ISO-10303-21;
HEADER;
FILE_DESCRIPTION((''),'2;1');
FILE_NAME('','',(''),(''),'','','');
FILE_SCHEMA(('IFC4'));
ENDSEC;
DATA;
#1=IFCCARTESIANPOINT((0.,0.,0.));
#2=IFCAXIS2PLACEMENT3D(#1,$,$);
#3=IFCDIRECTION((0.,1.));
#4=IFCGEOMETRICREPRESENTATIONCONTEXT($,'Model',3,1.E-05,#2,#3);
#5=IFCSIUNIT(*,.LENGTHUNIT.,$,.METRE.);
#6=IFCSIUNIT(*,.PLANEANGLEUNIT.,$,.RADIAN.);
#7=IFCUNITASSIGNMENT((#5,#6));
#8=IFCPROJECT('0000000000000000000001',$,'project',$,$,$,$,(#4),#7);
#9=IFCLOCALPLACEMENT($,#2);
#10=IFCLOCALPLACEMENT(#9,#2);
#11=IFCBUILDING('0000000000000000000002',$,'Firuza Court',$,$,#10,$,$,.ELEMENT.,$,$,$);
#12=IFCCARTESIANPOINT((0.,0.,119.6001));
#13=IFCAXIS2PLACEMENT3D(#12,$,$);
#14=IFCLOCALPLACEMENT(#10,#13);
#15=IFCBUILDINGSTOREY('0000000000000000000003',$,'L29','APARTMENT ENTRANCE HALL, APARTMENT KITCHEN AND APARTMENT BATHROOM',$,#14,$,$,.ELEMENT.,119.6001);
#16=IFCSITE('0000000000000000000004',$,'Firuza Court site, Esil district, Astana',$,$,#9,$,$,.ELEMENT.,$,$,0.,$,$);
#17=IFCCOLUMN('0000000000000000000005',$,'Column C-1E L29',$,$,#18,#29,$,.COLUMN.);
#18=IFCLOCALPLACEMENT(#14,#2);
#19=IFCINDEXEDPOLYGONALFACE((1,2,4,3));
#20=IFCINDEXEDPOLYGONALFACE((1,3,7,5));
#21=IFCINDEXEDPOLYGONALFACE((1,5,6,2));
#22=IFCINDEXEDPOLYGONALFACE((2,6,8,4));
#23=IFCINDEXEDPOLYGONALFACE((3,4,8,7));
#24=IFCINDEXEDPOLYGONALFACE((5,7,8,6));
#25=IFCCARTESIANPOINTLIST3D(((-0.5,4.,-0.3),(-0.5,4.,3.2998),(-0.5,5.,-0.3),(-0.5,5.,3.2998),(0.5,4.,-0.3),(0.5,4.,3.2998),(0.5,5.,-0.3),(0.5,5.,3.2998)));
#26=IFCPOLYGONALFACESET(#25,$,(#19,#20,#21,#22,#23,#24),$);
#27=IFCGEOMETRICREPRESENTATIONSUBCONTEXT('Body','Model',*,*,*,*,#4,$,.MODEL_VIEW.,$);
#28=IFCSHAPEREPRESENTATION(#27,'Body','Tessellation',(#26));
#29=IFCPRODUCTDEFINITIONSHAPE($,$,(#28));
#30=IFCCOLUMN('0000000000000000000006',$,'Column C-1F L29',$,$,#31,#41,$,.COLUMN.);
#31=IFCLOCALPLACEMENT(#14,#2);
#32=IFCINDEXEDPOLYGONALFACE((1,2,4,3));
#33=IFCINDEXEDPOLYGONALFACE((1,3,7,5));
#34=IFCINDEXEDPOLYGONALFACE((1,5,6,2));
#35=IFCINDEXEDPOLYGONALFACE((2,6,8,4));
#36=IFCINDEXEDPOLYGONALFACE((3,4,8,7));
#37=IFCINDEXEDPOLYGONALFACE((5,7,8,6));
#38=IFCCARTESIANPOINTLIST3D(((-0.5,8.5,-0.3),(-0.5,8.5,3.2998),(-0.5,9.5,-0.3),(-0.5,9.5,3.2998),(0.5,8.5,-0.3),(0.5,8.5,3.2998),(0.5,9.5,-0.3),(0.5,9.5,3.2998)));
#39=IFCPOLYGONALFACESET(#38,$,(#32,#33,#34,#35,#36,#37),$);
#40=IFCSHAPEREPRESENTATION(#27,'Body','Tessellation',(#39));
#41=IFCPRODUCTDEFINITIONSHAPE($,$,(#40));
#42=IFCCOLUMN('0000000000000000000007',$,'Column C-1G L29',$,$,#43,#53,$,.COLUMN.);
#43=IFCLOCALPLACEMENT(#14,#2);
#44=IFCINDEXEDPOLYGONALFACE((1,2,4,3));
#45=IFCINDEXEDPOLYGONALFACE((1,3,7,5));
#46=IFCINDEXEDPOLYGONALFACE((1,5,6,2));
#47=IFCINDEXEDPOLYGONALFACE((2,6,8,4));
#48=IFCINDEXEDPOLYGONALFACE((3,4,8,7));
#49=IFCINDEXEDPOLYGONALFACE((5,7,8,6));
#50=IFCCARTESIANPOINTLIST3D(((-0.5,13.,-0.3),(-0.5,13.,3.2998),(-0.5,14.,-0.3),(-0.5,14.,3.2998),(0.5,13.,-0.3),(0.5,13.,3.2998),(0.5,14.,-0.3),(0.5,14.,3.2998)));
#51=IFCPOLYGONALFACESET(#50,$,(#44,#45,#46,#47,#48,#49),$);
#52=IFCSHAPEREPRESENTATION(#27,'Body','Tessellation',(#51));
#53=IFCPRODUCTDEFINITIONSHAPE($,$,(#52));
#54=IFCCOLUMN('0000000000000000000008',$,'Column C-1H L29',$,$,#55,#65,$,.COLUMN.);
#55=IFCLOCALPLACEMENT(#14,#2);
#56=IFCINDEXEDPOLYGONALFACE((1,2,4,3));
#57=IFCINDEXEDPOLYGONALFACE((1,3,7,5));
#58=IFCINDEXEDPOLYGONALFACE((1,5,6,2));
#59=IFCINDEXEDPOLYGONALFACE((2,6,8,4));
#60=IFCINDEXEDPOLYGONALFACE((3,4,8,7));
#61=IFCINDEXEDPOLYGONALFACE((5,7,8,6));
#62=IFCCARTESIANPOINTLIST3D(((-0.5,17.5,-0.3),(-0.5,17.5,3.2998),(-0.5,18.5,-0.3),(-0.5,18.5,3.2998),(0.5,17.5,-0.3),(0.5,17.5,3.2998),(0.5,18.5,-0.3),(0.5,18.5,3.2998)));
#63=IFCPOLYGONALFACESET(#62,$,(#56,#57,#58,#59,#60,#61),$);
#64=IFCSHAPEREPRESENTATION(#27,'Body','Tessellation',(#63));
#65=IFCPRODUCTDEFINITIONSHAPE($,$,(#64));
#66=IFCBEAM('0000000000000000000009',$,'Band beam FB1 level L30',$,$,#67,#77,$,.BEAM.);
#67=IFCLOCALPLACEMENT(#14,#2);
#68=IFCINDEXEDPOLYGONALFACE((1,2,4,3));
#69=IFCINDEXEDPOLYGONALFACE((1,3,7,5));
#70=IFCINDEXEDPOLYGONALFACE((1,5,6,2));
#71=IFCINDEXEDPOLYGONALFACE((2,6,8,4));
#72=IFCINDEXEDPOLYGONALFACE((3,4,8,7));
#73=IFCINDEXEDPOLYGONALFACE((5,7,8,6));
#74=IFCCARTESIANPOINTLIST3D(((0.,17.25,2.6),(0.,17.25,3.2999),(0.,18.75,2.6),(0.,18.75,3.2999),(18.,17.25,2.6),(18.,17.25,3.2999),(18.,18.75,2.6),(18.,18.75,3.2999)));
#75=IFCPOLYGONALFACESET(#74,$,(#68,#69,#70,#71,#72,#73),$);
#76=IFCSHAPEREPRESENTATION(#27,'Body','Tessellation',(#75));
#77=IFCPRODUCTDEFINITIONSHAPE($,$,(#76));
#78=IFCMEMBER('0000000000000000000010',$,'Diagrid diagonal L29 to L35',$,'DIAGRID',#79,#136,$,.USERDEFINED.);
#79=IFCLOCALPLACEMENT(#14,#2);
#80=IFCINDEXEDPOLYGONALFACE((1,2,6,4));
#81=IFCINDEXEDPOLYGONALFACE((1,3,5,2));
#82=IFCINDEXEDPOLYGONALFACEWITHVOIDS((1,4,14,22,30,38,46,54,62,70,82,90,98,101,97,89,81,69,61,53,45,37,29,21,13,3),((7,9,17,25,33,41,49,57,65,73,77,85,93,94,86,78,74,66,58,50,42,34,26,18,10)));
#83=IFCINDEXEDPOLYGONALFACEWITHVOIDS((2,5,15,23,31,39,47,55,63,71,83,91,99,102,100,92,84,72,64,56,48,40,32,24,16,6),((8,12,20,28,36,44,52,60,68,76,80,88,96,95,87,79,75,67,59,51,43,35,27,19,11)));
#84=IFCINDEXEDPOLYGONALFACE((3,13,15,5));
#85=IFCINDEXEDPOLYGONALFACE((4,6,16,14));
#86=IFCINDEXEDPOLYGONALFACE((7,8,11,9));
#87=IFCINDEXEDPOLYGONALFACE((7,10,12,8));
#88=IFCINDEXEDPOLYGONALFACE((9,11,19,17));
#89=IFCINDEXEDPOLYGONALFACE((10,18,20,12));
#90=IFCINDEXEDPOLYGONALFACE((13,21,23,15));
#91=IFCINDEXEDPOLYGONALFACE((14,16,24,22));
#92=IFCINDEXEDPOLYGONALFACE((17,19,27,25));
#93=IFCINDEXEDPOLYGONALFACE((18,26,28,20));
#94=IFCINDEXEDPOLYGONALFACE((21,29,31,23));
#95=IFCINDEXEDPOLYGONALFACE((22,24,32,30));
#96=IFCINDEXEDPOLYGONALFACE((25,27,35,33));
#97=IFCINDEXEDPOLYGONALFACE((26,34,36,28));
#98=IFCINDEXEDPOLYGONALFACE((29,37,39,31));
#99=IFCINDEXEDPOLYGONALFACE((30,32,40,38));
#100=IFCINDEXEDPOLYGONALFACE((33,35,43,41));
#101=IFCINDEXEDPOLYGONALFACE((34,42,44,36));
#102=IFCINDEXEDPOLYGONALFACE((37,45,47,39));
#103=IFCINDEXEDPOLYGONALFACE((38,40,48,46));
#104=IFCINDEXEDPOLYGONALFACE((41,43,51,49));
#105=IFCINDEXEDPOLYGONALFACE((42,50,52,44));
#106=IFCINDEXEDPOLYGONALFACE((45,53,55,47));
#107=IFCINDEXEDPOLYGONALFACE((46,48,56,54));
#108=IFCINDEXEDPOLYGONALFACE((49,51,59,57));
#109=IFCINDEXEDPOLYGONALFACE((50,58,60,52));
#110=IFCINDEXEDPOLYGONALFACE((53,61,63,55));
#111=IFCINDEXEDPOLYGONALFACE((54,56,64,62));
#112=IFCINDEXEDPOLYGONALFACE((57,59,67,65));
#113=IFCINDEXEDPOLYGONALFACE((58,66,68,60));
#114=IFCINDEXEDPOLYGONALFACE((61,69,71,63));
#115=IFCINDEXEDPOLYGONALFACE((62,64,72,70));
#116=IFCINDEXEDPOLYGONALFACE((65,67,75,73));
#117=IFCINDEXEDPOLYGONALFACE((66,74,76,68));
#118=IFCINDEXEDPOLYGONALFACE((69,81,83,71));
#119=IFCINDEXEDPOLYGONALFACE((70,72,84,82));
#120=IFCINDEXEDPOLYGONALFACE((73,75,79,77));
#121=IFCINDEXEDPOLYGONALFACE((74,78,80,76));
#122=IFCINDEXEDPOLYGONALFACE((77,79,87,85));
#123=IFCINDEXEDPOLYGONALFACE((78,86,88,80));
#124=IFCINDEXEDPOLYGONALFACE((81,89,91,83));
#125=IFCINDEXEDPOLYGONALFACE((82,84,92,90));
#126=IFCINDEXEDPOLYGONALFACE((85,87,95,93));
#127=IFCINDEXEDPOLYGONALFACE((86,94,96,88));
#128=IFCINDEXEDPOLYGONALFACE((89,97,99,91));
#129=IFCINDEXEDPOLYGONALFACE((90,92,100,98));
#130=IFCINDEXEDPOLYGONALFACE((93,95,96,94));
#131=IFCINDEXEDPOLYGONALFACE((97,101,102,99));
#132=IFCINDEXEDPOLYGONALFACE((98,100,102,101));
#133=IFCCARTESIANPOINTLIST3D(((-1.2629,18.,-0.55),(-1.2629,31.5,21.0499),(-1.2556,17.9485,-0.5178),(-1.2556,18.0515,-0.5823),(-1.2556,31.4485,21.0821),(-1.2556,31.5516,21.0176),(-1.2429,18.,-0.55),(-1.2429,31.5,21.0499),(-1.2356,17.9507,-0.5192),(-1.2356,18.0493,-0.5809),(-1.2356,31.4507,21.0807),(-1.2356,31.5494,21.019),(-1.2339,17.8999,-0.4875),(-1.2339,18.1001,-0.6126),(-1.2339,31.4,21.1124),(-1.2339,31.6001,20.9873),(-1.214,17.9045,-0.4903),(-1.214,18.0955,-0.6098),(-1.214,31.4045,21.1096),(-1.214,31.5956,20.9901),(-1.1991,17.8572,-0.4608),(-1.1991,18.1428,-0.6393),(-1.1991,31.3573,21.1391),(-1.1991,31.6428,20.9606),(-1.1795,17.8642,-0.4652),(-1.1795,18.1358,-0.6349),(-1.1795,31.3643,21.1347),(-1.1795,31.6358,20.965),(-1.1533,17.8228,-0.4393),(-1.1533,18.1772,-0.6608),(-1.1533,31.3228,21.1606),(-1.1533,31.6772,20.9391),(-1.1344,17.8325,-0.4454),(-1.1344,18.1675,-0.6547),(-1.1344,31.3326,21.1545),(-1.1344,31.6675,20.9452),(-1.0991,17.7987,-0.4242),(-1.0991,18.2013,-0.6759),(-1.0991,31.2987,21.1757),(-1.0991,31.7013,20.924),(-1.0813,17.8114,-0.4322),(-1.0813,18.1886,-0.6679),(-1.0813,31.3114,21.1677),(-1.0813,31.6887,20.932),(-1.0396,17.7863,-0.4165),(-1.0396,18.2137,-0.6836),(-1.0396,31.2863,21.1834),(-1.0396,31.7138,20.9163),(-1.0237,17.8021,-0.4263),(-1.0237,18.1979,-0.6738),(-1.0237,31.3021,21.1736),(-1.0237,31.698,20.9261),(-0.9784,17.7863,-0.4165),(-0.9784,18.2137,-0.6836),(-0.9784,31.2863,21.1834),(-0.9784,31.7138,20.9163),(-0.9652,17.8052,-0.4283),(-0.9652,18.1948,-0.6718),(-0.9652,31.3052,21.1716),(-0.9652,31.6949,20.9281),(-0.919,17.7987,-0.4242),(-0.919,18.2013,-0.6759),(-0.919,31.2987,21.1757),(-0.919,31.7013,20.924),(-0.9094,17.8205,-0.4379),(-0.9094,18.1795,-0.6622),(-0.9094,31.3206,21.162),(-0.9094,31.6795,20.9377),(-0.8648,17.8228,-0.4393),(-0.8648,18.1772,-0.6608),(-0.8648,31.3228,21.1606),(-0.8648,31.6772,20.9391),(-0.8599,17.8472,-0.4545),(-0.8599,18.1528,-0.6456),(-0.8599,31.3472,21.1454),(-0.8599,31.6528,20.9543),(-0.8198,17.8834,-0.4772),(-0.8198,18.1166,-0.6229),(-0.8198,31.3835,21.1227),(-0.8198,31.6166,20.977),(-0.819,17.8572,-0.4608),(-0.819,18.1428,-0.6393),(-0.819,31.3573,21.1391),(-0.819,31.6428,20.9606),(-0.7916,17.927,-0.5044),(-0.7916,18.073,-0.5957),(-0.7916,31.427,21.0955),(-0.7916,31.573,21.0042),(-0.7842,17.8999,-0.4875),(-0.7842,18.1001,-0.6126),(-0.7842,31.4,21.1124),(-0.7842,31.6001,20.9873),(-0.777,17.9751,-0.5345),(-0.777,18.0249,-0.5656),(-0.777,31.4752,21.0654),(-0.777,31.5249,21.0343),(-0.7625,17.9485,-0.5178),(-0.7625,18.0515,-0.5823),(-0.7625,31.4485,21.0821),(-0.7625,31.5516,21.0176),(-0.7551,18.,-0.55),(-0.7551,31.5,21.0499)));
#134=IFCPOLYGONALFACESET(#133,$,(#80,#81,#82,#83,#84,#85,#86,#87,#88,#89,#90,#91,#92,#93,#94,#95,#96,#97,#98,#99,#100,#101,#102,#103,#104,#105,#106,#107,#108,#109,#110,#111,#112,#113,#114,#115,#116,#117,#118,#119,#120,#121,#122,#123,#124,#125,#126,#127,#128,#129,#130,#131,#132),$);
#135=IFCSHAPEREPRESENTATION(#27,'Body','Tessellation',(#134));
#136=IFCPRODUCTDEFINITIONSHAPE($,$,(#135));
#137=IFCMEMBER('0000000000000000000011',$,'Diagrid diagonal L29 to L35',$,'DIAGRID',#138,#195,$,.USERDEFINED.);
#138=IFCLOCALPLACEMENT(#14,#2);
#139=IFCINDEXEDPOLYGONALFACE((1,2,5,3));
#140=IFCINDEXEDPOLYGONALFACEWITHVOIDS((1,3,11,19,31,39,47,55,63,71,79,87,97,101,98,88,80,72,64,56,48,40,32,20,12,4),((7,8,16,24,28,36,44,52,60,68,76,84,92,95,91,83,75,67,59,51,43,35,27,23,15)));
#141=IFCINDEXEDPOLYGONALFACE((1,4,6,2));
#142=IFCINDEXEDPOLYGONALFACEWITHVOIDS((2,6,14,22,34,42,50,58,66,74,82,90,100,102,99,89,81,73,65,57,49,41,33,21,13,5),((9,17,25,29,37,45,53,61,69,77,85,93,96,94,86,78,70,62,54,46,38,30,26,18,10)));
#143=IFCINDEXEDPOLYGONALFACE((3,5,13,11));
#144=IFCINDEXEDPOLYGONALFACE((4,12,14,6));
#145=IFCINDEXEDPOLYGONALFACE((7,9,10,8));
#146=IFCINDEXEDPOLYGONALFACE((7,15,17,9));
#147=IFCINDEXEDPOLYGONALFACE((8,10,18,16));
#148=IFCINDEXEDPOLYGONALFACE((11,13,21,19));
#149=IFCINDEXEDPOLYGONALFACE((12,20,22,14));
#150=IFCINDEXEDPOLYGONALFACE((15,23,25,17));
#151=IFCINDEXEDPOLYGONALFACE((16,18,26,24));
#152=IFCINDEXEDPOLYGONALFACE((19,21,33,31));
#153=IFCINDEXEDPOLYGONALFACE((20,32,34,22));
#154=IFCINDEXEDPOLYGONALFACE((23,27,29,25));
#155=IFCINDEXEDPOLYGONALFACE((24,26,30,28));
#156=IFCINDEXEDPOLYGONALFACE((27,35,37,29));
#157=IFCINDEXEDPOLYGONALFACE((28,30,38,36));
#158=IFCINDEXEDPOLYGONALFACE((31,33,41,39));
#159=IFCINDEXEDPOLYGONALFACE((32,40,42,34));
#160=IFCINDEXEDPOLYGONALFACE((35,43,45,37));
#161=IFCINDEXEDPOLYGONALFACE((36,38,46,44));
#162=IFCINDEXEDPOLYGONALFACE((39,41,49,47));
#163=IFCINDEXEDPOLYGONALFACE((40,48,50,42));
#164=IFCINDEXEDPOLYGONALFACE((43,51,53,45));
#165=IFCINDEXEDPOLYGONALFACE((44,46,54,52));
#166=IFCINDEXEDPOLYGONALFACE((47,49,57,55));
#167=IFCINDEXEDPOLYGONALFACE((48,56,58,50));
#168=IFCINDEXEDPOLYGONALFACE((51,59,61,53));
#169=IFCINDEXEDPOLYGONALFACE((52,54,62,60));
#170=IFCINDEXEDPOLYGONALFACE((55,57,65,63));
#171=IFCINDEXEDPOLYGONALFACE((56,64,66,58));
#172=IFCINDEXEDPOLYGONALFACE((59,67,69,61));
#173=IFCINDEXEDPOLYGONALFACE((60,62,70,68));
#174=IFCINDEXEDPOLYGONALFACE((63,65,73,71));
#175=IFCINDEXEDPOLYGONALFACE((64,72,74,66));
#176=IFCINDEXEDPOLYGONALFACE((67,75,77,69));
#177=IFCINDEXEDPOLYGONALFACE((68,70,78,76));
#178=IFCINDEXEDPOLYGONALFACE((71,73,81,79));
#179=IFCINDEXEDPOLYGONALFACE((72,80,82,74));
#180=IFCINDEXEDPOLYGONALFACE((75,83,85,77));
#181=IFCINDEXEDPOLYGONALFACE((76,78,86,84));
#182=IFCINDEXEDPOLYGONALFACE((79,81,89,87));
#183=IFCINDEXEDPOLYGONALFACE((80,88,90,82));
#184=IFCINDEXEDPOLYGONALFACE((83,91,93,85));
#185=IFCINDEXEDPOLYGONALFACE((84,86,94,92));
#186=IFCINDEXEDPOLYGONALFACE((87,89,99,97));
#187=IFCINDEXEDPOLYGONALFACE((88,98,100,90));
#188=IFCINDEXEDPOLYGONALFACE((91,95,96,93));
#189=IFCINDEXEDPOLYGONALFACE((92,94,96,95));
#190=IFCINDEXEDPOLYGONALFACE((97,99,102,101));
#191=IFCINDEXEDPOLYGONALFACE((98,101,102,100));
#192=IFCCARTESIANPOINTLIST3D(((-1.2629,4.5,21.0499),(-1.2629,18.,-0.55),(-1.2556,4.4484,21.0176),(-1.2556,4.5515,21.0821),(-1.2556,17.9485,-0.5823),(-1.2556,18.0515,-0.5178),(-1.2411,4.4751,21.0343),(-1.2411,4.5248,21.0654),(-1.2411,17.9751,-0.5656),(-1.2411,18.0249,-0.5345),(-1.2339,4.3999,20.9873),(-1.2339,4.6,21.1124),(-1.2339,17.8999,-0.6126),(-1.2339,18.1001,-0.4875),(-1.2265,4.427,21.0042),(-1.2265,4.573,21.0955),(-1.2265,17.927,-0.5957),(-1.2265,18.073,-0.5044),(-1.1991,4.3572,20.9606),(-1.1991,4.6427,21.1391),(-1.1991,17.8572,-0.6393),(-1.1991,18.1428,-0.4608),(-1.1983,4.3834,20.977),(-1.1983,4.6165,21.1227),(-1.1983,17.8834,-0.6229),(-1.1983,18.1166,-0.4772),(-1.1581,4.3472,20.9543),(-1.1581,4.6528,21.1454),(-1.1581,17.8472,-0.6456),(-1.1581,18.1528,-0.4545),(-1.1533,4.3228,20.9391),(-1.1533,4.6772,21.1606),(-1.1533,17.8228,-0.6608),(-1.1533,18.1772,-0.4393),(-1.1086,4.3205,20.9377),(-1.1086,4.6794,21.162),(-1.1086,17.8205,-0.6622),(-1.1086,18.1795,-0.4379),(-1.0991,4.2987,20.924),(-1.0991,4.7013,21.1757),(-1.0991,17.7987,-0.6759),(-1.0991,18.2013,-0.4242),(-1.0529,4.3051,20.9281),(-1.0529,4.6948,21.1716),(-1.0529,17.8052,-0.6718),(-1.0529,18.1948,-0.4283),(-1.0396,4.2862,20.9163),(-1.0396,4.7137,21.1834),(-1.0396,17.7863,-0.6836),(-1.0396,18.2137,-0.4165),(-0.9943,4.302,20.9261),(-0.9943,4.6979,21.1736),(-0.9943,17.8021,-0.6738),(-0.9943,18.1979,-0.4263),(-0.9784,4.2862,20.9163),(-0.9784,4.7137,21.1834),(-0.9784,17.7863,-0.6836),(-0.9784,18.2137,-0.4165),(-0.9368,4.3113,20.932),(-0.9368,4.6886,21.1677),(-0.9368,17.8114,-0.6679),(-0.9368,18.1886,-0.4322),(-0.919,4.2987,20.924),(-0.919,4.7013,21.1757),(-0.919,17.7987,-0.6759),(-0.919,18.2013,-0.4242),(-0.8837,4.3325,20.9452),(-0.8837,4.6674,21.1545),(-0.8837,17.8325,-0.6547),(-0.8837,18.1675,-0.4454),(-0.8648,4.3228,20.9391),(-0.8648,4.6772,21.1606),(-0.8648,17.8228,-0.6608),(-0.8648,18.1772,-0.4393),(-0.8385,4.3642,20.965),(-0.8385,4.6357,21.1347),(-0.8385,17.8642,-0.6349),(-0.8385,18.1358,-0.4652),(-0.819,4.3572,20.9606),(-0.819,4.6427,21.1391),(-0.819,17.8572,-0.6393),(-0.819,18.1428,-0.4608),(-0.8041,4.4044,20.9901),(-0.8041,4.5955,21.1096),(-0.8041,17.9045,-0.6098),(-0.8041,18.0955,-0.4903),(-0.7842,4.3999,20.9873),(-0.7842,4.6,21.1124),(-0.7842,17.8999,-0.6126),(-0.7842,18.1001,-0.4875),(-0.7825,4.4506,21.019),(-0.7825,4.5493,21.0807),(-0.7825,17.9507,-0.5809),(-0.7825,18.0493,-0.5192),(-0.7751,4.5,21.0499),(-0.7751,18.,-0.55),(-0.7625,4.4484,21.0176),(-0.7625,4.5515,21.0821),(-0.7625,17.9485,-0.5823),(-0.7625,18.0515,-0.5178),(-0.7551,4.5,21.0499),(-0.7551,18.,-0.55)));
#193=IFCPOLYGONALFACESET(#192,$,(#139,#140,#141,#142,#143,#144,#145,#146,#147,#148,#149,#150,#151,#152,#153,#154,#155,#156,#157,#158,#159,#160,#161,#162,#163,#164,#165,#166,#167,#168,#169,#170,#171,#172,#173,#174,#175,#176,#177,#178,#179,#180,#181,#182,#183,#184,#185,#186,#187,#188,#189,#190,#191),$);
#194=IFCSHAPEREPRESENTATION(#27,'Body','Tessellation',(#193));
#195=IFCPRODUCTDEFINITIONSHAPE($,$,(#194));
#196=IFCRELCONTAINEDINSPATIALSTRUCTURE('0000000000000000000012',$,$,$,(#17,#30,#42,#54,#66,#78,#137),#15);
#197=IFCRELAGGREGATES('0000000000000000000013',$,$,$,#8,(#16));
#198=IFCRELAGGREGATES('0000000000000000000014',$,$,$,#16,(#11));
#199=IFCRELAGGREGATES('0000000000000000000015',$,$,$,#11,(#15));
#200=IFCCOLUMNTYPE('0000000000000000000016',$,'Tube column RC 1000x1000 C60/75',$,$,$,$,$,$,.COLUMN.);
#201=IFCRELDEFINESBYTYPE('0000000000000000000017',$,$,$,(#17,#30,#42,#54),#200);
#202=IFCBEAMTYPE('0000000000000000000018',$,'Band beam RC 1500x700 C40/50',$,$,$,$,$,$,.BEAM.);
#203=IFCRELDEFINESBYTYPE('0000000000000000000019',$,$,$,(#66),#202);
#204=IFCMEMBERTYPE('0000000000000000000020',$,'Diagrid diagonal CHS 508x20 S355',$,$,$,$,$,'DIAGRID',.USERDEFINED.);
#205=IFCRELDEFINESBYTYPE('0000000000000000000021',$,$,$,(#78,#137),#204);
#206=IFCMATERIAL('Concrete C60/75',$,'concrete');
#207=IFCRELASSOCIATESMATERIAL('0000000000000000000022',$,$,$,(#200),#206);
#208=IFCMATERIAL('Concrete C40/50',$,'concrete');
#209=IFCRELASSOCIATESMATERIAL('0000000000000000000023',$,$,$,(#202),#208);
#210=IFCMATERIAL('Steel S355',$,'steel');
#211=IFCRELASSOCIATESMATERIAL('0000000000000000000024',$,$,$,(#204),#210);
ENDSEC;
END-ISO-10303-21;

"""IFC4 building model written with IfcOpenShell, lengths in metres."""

from ifc_helpers import new_model, si_unit, direction, frame, origin, origin_2d, place, context, subcontext, project, spatial, rectangle, hollow_circle, extrude, material, material_profile, profile_set, type_object, element, save


model = new_model("IFC4")

# Units and contexts
model_context = context("Model", 3, precision=1e-05, world=origin(), true_north=direction((0.0, 1.0)))
body_context = subcontext(model_context, "Body", "Model", "MODEL_VIEW")
ifc_project = project(units=[si_unit("LENGTHUNIT", "METRE"), si_unit("PLANEANGLEUNIT", "RADIAN")], contexts=[model_context])

# Site, building, storey
site_placement = place(None, origin())
site = spatial("IfcSite", under=ifc_project, at=site_placement, Name="Firuza Court site, Esil district, Astana", CompositionType="ELEMENT", RefElevation=0.0)
building_placement = place(site_placement, origin())
building = spatial("IfcBuilding", under=site, at=building_placement, Name="Firuza Court", CompositionType="ELEMENT")
storey_placement = place(building_placement, frame((0.0, 0.0, 119.6001)))
storey = spatial("IfcBuildingStorey", under=building, at=storey_placement, Name="L29", Description="APARTMENT ENTRANCE HALL, APARTMENT KITCHEN AND APARTMENT BATHROOM", CompositionType="ELEMENT", Elevation=119.6001)

# Columns
ifc_material_1 = material(Name="Concrete C60/75", Category="concrete")
ifc_material_profile_1 = material_profile(ifc_material_1, rectangle(XDim=1.0, YDim=1.0, at=origin_2d()), Name="RC 1000x1000")
ifc_profile_set_1 = profile_set([ifc_material_profile_1], Name="Concrete C60/75")
column_type = type_object("IfcColumnType", Name="Tube column RC 1000x1000 C60/75", PredefinedType="COLUMN", material=ifc_profile_set_1)
for number, where, z_axis, x_axis, name in (
    (1, (0.0, 4.5, -0.3), (0.0, 0.0, 1.0), (1.0, 0.0, 0.0), "Column C-1E L29"),
    (2, (0.0, 9.0, -0.3), (0.0, 0.0, 1.0), (1.0, 0.0, 0.0), "Column C-1F L29"),
    (3, (0.0, 13.5, -0.3), (0.0, 0.0, 1.0), (1.0, 0.0, 0.0), "Column C-1G L29"),
    (4, (0.0, 18.0, -0.3), (0.0, 0.0, 1.0), (1.0, 0.0, 0.0), "Column C-1H L29"),
):
    element("IfcColumn", number, at=place(storey_placement, frame(where, z_axis=z_axis, x_axis=x_axis)), inside=storey, type_object=column_type, Name=name, PredefinedType="COLUMN", context=body_context, shape_type="SweptSolid", body=[
        extrude(rectangle(XDim=1.0, YDim=1.0, at=origin_2d()), origin(), (0.0, 0.0, 1.0), 3.5999),
    ])

# Beam
ifc_material_2 = material(Name="Concrete C40/50", Category="concrete")
ifc_material_profile_2 = material_profile(ifc_material_2, rectangle(XDim=1.5, YDim=0.7, at=origin_2d()), Name="RC 1500x700")
ifc_profile_set_2 = profile_set([ifc_material_profile_2], Name="Concrete C40/50")
beam_type_1 = type_object("IfcBeamType", Name="Band beam RC 1500x700 C40/50", PredefinedType="BEAM", material=ifc_profile_set_2)
beam_1_placement = place(storey_placement, frame((0.0, 18.0, 2.95), z_axis=(1.0, 0.0, 0.0), x_axis=(0.0, 1.0, 0.0)))
element("IfcBeam", 5, at=beam_1_placement, inside=storey, type_object=beam_type_1, Name="Band beam FB1 level L30", PredefinedType="BEAM", context=body_context, shape_type="SweptSolid", body=[
    extrude(rectangle(XDim=1.5, YDim=0.7, at=origin_2d()), origin(), (0.0, 0.0, 1.0), 18.0),
])

# Members
ifc_material_3 = material(Name="Steel S355", Category="steel")
ifc_material_profile_3 = material_profile(ifc_material_3, hollow_circle(Radius=0.2539, WallThickness=0.02, at=origin_2d()), Name="CHS 508x20")
ifc_profile_set_3 = profile_set([ifc_material_profile_3], Name="Steel S355")
member_type = type_object("IfcMemberType", Name="Diagrid diagonal CHS 508x20 S355", ElementType="DIAGRID", PredefinedType="USERDEFINED", material=ifc_profile_set_3)
for number, where, z_axis, x_axis, name in (
    (6, (-1.009, 18.0, -0.55), (0.0, 0.530002, 0.847997), (-1.0, 0.0, 0.0), "Diagrid diagonal L29 to L35"),
    (7, (-1.009, 18.0, -0.55), (0.0, -0.530002, 0.847997), (1.0, 0.0, 0.0), "Diagrid diagonal L29 to L35"),
):
    element("IfcMember", number, at=place(storey_placement, frame(where, z_axis=z_axis, x_axis=x_axis)), inside=storey, type_object=member_type, Name=name, ObjectType="DIAGRID", PredefinedType="USERDEFINED", context=body_context, shape_type="SweptSolid", body=[
        extrude(hollow_circle(Radius=0.2539, WallThickness=0.02, at=origin_2d()), origin(), (0.0, 0.0, 1.0), 25.4717),
    ])

save(model, "model.ifc")
